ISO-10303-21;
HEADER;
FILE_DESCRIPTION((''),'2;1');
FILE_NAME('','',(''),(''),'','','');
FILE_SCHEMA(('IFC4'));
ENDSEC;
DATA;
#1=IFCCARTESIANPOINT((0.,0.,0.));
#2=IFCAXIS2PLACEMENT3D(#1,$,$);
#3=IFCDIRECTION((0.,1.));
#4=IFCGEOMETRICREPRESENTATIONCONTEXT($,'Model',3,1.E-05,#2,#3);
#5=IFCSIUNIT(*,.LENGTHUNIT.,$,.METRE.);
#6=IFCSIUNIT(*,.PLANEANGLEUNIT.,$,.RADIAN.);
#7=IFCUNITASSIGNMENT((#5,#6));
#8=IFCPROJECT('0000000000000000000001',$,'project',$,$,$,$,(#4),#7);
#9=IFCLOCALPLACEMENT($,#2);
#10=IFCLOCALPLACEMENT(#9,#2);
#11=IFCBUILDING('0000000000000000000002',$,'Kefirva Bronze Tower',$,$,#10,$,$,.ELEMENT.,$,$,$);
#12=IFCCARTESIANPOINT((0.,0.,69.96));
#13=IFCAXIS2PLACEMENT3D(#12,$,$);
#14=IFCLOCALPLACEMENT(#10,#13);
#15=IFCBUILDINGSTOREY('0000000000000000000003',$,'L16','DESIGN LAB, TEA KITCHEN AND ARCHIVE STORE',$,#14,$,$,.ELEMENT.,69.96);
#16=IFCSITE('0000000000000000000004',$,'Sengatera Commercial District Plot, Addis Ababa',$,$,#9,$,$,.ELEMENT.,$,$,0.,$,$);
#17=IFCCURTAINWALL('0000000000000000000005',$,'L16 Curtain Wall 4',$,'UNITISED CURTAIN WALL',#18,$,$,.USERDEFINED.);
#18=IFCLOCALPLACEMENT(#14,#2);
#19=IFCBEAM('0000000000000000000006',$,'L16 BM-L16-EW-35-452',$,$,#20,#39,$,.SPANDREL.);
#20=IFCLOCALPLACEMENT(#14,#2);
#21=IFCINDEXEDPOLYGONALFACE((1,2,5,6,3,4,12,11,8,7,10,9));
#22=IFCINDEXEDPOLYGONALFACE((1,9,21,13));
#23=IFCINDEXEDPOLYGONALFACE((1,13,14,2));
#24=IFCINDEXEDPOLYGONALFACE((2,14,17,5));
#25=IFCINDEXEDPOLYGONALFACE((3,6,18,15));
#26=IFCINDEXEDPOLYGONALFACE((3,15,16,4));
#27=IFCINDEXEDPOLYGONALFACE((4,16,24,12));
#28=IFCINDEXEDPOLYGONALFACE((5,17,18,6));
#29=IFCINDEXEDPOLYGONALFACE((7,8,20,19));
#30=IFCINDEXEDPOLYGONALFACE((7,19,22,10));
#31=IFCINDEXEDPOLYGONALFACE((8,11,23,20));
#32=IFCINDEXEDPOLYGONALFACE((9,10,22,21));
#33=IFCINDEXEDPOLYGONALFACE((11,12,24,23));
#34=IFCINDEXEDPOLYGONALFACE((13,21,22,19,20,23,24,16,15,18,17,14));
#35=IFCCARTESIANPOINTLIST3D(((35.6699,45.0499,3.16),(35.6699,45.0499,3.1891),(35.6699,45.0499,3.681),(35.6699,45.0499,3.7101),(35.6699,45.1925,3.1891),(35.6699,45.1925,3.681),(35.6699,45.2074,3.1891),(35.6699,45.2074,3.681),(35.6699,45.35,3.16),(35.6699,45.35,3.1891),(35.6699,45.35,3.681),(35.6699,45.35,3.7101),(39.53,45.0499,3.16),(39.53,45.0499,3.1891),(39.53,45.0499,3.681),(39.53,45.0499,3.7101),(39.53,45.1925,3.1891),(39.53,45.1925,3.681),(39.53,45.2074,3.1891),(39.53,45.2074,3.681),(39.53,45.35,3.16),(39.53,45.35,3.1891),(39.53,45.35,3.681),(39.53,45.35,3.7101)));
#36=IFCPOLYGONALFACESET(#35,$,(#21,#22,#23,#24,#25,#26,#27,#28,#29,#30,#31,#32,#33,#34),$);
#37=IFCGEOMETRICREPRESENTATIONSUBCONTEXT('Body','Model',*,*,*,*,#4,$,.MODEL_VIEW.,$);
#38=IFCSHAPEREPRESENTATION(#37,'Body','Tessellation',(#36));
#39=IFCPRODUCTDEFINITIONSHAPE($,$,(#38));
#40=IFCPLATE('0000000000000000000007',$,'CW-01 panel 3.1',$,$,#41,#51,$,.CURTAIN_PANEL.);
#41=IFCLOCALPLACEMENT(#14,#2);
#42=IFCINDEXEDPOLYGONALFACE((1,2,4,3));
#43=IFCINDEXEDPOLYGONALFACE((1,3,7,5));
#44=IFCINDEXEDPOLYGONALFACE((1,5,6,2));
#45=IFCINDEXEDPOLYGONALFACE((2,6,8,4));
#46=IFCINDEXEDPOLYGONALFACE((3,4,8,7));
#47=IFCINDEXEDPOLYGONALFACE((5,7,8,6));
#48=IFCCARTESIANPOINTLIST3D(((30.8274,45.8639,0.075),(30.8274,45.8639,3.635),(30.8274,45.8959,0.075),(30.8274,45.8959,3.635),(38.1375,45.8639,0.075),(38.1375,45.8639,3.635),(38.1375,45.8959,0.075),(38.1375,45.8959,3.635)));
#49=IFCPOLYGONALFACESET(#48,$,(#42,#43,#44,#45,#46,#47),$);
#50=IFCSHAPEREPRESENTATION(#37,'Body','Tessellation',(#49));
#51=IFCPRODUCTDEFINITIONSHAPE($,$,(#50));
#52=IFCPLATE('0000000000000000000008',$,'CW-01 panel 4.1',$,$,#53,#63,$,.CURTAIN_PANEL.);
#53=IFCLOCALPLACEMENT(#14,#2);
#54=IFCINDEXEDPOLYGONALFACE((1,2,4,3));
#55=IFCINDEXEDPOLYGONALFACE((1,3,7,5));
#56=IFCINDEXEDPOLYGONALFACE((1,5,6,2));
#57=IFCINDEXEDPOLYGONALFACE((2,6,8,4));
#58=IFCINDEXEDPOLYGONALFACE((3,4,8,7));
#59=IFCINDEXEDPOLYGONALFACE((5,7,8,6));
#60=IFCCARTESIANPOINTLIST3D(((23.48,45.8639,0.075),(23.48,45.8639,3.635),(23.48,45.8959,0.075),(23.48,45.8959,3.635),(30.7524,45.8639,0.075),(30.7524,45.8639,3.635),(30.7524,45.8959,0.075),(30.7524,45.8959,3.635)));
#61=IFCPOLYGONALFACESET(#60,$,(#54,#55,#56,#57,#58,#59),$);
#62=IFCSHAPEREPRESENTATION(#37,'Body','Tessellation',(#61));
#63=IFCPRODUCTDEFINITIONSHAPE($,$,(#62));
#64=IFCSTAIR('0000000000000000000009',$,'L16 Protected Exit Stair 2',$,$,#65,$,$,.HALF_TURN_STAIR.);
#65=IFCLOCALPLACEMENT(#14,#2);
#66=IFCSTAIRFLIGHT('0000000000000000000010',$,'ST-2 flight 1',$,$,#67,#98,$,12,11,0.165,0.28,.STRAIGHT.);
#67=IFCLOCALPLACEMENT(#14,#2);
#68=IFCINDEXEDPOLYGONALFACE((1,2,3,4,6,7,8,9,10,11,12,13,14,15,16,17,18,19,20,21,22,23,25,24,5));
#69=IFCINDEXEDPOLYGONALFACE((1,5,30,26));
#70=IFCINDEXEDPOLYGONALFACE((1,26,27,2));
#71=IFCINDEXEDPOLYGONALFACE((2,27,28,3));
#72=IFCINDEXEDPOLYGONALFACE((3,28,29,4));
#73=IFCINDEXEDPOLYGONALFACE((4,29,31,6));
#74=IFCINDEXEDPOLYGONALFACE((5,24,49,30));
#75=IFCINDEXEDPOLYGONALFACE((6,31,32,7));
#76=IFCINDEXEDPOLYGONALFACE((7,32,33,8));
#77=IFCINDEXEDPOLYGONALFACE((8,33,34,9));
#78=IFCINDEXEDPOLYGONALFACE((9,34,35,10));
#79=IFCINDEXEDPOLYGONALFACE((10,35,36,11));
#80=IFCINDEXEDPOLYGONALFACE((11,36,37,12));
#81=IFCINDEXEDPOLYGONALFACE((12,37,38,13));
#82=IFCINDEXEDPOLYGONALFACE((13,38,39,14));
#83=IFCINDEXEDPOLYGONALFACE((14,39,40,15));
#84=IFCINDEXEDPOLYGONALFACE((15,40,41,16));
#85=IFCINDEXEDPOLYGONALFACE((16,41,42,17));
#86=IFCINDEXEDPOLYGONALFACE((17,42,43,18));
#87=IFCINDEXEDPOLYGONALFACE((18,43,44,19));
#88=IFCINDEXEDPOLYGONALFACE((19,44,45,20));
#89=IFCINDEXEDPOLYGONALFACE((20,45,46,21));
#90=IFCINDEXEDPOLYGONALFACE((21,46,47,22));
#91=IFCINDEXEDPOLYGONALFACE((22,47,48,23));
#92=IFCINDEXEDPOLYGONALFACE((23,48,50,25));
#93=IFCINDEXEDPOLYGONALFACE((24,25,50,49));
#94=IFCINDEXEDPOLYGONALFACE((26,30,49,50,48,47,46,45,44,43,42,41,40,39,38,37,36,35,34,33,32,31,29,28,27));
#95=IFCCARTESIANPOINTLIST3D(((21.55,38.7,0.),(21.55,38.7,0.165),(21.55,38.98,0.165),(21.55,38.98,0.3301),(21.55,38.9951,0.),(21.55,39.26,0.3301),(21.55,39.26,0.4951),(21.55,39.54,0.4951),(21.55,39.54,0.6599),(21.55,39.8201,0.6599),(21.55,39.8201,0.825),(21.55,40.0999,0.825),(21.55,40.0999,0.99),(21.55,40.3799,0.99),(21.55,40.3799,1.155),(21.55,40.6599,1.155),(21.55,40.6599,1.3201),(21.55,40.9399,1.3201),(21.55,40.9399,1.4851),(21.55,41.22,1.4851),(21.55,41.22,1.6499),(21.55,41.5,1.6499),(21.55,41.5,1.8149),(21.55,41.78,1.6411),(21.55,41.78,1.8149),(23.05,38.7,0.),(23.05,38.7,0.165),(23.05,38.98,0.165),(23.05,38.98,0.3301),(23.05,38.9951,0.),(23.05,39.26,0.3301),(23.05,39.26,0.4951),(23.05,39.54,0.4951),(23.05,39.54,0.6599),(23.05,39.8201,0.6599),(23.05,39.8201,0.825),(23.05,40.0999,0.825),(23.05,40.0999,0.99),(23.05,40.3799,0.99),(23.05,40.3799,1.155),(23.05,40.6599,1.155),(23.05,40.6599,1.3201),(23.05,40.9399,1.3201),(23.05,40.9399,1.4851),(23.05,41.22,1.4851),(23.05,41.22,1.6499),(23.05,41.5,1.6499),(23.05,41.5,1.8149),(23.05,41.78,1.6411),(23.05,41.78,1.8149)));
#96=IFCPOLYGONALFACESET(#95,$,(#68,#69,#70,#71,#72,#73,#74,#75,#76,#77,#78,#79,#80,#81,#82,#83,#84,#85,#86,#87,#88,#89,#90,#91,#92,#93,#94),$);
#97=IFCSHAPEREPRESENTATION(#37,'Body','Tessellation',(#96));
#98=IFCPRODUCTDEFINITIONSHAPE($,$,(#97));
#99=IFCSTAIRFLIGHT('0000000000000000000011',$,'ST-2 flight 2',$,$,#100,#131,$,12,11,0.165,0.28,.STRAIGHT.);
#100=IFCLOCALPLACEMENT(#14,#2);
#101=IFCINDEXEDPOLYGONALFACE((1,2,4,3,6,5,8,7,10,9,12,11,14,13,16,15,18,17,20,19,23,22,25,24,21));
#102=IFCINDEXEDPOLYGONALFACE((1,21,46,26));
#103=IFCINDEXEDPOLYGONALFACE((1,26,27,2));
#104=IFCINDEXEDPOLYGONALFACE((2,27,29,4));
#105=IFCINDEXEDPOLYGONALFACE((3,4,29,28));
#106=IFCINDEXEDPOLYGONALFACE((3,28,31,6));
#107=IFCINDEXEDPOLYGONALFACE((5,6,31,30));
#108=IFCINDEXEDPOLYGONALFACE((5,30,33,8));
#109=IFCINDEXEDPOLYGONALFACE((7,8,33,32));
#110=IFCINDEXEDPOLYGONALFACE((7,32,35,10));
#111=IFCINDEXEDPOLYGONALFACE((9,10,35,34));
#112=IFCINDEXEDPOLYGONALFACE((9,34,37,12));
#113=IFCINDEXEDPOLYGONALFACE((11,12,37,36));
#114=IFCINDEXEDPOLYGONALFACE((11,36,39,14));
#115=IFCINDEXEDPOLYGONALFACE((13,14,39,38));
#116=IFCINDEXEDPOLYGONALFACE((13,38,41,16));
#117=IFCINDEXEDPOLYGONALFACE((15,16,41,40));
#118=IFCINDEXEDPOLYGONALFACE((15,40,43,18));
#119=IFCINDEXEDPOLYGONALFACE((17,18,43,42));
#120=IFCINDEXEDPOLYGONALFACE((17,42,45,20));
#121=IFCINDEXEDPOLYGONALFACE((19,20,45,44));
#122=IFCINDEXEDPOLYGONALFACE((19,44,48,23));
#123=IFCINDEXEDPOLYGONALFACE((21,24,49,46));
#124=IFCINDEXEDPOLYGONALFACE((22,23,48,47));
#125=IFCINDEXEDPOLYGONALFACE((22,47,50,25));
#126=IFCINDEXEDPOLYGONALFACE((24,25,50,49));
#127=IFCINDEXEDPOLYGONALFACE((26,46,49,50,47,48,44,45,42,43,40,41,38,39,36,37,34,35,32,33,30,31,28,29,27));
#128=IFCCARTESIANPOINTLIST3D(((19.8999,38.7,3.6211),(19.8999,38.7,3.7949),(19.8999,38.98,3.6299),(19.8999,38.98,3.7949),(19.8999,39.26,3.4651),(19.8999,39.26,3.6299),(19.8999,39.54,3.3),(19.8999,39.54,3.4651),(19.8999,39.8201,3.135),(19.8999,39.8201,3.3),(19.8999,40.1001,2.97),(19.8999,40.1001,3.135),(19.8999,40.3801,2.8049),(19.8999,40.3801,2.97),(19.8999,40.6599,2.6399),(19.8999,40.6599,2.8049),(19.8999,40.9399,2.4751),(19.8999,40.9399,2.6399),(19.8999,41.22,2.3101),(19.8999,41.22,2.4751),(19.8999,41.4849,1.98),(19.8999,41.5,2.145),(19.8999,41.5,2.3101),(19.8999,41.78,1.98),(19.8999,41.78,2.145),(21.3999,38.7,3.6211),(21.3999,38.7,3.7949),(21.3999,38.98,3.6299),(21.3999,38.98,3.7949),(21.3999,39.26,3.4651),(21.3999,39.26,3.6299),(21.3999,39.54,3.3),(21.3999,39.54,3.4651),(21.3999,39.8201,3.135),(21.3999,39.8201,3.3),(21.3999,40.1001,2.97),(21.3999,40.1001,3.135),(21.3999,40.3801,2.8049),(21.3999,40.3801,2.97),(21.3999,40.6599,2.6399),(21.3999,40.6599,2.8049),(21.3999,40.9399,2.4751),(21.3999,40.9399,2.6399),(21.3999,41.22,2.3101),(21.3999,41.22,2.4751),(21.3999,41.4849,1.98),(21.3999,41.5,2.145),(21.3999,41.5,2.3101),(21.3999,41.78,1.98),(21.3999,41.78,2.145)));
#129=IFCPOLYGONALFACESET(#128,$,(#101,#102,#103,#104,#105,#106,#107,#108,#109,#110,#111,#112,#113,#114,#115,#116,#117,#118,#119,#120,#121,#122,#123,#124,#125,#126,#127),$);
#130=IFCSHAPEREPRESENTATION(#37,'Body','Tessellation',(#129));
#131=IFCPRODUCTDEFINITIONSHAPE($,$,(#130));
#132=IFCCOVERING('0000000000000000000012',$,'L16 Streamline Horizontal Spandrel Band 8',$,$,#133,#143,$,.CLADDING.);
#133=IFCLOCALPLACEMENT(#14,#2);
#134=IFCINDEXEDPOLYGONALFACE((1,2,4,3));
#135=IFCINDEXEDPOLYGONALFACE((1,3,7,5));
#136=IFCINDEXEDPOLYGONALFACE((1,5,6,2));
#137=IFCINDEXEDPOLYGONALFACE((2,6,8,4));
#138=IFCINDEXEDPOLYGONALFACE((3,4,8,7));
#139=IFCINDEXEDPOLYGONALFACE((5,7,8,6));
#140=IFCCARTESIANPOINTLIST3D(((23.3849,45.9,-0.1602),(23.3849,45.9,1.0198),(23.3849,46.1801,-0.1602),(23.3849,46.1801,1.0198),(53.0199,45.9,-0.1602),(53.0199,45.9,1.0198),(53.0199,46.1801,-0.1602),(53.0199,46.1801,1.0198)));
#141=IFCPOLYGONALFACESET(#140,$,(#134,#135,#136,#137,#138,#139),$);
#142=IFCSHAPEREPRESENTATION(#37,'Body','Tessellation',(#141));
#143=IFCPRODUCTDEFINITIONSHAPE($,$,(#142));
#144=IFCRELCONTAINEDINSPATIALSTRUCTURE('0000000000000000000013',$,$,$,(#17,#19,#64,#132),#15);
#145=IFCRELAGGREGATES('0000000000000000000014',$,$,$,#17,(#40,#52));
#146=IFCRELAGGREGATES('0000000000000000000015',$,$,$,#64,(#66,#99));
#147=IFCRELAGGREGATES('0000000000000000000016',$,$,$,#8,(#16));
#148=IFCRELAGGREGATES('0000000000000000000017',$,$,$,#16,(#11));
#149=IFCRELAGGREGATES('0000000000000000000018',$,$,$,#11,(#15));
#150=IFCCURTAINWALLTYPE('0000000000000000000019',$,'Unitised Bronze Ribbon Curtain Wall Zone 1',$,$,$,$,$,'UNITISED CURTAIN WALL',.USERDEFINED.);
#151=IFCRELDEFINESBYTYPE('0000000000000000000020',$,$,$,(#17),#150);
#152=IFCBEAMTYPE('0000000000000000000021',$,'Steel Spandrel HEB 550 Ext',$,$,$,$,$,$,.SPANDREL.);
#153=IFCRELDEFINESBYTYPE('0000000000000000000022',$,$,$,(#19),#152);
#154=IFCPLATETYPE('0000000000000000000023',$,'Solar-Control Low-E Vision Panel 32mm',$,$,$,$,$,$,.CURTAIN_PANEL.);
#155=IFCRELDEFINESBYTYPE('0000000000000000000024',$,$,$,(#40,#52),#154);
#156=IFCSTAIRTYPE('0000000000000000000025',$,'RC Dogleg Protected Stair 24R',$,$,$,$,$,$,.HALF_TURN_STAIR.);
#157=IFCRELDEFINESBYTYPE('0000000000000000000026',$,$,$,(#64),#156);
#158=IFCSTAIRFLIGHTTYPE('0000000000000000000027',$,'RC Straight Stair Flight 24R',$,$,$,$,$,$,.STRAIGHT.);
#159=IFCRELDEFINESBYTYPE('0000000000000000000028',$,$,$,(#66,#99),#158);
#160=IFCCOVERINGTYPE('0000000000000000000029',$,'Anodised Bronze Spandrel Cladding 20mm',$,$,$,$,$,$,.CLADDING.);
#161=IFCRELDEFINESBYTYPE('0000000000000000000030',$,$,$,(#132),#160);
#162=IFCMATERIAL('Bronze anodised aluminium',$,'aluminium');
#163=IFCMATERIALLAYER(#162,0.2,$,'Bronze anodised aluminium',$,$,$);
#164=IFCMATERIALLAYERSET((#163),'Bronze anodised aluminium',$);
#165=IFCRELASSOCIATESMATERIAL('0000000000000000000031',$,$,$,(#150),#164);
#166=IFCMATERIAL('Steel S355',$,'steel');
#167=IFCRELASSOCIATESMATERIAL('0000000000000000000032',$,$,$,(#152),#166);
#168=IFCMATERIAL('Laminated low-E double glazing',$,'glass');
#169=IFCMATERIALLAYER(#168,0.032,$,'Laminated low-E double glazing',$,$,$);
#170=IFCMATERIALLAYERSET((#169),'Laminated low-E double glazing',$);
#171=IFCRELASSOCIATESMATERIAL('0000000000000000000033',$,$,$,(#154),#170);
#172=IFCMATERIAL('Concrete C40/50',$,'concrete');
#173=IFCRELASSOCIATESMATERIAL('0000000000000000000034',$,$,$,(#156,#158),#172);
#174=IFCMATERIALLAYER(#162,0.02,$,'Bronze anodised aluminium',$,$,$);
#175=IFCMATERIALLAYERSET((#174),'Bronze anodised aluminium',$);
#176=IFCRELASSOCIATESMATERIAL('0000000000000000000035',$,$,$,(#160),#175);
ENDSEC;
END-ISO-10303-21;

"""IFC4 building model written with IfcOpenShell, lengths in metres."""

from ifc_helpers import new_model, si_unit, direction, frame, origin, origin_2d, place, context, subcontext, project, spatial, polyline, rectangle, i_section, outline, extrude, material, layer, layer_set, material_profile, profile_set, type_object, element, aggregate, save


model = new_model("IFC4")

# Units and contexts
model_context = context("Model", 3, precision=1e-05, world=origin(), true_north=direction((0.0, 1.0)))
body_context = subcontext(model_context, "Body", "Model", "MODEL_VIEW")
ifc_project = project(units=[si_unit("LENGTHUNIT", "METRE"), si_unit("PLANEANGLEUNIT", "RADIAN")], contexts=[model_context])

# Site, building, storey
site_placement = place(None, origin())
site = spatial("IfcSite", under=ifc_project, at=site_placement, Name="Sengatera Commercial District Plot, Addis Ababa", CompositionType="ELEMENT", RefElevation=0.0)
building_placement = place(site_placement, origin())
building = spatial("IfcBuilding", under=site, at=building_placement, Name="Kefirva Bronze Tower", CompositionType="ELEMENT")
storey_placement = place(building_placement, frame((0.0, 0.0, 69.96)))
storey = spatial("IfcBuildingStorey", under=building, at=storey_placement, Name="L16", Description="DESIGN LAB, TEA KITCHEN AND ARCHIVE STORE", CompositionType="ELEMENT", Elevation=69.96)

# Curtain wall
ifc_material_1 = material(Name="Bronze anodised aluminium", Category="aluminium")
ifc_layer_1 = layer(ifc_material_1, 0.2, Name="Bronze anodised aluminium")
ifc_layer_set_1 = layer_set([ifc_layer_1], Name="Bronze anodised aluminium")
curtain_wall_type = type_object("IfcCurtainWallType", Name="Unitised Bronze Ribbon Curtain Wall Zone 1", ElementType="UNITISED CURTAIN WALL", PredefinedType="USERDEFINED", material=ifc_layer_set_1)
curtain_wall_placement = place(storey_placement, origin())
curtain_wall = element("IfcCurtainWall", 1, at=curtain_wall_placement, inside=storey, type_object=curtain_wall_type, Name="L16 Curtain Wall 4", ObjectType="UNITISED CURTAIN WALL", PredefinedType="USERDEFINED")

# Beam
ifc_material_2 = material(Name="Steel S355", Category="steel")
ifc_material_profile_1 = material_profile(ifc_material_2, i_section(OverallWidth=0.3, OverallDepth=0.55, WebThickness=0.0149, FlangeThickness=0.0291, at=origin_2d()), Name="HEB 550")
ifc_profile_set_1 = profile_set([ifc_material_profile_1], Name="Steel S355")
beam_type_1 = type_object("IfcBeamType", Name="Steel Spandrel HEB 550 Ext", PredefinedType="SPANDREL", material=ifc_profile_set_1)
beam_1_placement = place(storey_placement, frame((35.6699, 45.2, 3.4351), z_axis=(1.0, 0.0, 0.0), x_axis=(0.0, 1.0, 0.0)))
element("IfcBeam", 2, at=beam_1_placement, inside=storey, type_object=beam_type_1, Name="L16 BM-L16-EW-35-452", PredefinedType="SPANDREL", context=body_context, shape_type="SweptSolid", body=[
    extrude(i_section(OverallWidth=0.3, OverallDepth=0.55, WebThickness=0.0149, FlangeThickness=0.0291, at=origin_2d()), origin(), (0.0, 0.0, 1.0), 3.8601),
])

# Plates
ifc_material_3 = material(Name="Laminated low-E double glazing", Category="glass")
ifc_layer_2 = layer(ifc_material_3, 0.032, Name="Laminated low-E double glazing")
ifc_layer_set_2 = layer_set([ifc_layer_2], Name="Laminated low-E double glazing")
plate_type = type_object("IfcPlateType", Name="Solar-Control Low-E Vision Panel 32mm", PredefinedType="CURTAIN_PANEL", material=ifc_layer_set_2)
plate_1_placement = place(storey_placement, frame((34.4824, 45.8799, 0.075), z_axis=(0.0, 0.0, 1.0), x_axis=(-1.0, 0.0, 0.0)))
plate_1 = element("IfcPlate", 3, at=plate_1_placement, type_object=plate_type, Name="CW-01 panel 3.1", PredefinedType="CURTAIN_PANEL", context=body_context, shape_type="SweptSolid", body=[
    extrude(rectangle(XDim=7.3101, YDim=0.032, at=origin_2d()), origin(), (0.0, 0.0, 1.0), 3.5601),
])
plate_2_placement = place(storey_placement, frame((27.1162, 45.8799, 0.075), z_axis=(0.0, 0.0, 1.0), x_axis=(-1.0, 0.0, 0.0)))
plate_2 = element("IfcPlate", 4, at=plate_2_placement, type_object=plate_type, Name="CW-01 panel 4.1", PredefinedType="CURTAIN_PANEL", context=body_context, shape_type="SweptSolid", body=[
    extrude(rectangle(XDim=7.2725, YDim=0.032, at=origin_2d()), origin(), (0.0, 0.0, 1.0), 3.5601),
])
aggregate(curtain_wall, [plate_1, plate_2])

# Stair, stair flights
ifc_material_4 = material(Name="Concrete C40/50", Category="concrete")
stair_type = type_object("IfcStairType", Name="RC Dogleg Protected Stair 24R", PredefinedType="HALF_TURN_STAIR", material=ifc_material_4)
stair_placement = place(storey_placement, origin())
stair = element("IfcStair", 5, at=stair_placement, inside=storey, type_object=stair_type, Name="L16 Protected Exit Stair 2", PredefinedType="HALF_TURN_STAIR")
stair_flight_type = type_object("IfcStairFlightType", Name="RC Straight Stair Flight 24R", PredefinedType="STRAIGHT", material=ifc_material_4)
stair_flight_1_placement = place(storey_placement, frame((22.3, 38.7, 0.0), z_axis=(0.0, 0.0, 1.0), x_axis=(0.0, 1.0, 0.0)))
stair_flight_1 = element("IfcStairFlight", 6, at=stair_flight_1_placement, type_object=stair_flight_type, Name="ST-2 flight 1", NumberOfRisers=12, NumberOfTreads=11, PredefinedType="STRAIGHT", RiserHeight=0.165, TreadLength=0.28, context=body_context, shape_type="SweptSolid", body=[
    extrude(outline(polyline([(0.0, 0.0), (0.0, 0.165), (0.28, 0.165), (0.28, 0.3301), (0.5601, 0.3301), (0.5601, 0.4951), (0.8401, 0.4951), (0.8401, 0.6599), (1.1201, 0.6599), (1.1201, 0.825), (1.3999, 0.825), (1.3999, 0.99), (1.6799, 0.99), (1.6799, 1.155), (1.96, 1.155), (1.96, 1.3201), (2.24, 1.3201), (2.24, 1.4851), (2.52, 1.4851), (2.52, 1.6499), (2.8, 1.6499), (2.8, 1.8149), (3.0801, 1.8149), (3.0801, 1.98), (3.0801, 1.6411), (0.2952, 0.0), (0.0, 0.0)])), frame((0.0, 0.75, 0.0), z_axis=(0.0, -1.0, 0.0), x_axis=(1.0, 0.0, 0.0)), (0.0, 0.0, 1.0), 1.5),
])
stair_flight_2_placement = place(storey_placement, frame((20.6499, 41.78, 1.98), z_axis=(0.0, 0.0, 1.0), x_axis=(0.0, -1.0, 0.0)))
stair_flight_2 = element("IfcStairFlight", 7, at=stair_flight_2_placement, type_object=stair_flight_type, Name="ST-2 flight 2", NumberOfRisers=12, NumberOfTreads=11, PredefinedType="STRAIGHT", RiserHeight=0.165, TreadLength=0.28, context=body_context, shape_type="SweptSolid", body=[
    extrude(outline(polyline([(0.0, 0.0), (0.0, 0.165), (0.28, 0.165), (0.28, 0.3301), (0.5601, 0.3301), (0.5601, 0.4951), (0.8401, 0.4951), (0.8401, 0.6599), (1.1201, 0.6599), (1.1201, 0.825), (1.3999, 0.825), (1.3999, 0.99), (1.6799, 0.99), (1.6799, 1.155), (1.96, 1.155), (1.96, 1.3201), (2.24, 1.3201), (2.24, 1.4851), (2.52, 1.4851), (2.52, 1.6499), (2.8, 1.6499), (2.8, 1.8149), (3.0801, 1.8149), (3.0801, 1.98), (3.0801, 1.6411), (0.2952, 0.0), (0.0, 0.0)])), frame((0.0, 0.75, 0.0), z_axis=(0.0, -1.0, 0.0), x_axis=(1.0, 0.0, 0.0)), (0.0, 0.0, 1.0), 1.5),
])
aggregate(stair, [stair_flight_1, stair_flight_2])

# Covering
ifc_layer_3 = layer(ifc_material_1, 0.02, Name="Bronze anodised aluminium")
ifc_layer_set_3 = layer_set([ifc_layer_3], Name="Bronze anodised aluminium")
covering_type_1 = type_object("IfcCoveringType", Name="Anodised Bronze Spandrel Cladding 20mm", PredefinedType="CLADDING", material=ifc_layer_set_3)
covering_1_placement = place(storey_placement, frame((38.2024, 46.04, -0.1602), z_axis=(0.0, 0.0, 1.0), x_axis=(-1.0, 0.0, 0.0)))
element("IfcCovering", 8, at=covering_1_placement, inside=storey, type_object=covering_type_1, Name="L16 Streamline Horizontal Spandrel Band 8", PredefinedType="CLADDING", context=body_context, shape_type="SweptSolid", body=[
    extrude(rectangle(XDim=29.635, YDim=0.28, at=origin_2d()), origin(), (0.0, 0.0, 1.0), 1.1799),
])

save(model, "model.ifc")
